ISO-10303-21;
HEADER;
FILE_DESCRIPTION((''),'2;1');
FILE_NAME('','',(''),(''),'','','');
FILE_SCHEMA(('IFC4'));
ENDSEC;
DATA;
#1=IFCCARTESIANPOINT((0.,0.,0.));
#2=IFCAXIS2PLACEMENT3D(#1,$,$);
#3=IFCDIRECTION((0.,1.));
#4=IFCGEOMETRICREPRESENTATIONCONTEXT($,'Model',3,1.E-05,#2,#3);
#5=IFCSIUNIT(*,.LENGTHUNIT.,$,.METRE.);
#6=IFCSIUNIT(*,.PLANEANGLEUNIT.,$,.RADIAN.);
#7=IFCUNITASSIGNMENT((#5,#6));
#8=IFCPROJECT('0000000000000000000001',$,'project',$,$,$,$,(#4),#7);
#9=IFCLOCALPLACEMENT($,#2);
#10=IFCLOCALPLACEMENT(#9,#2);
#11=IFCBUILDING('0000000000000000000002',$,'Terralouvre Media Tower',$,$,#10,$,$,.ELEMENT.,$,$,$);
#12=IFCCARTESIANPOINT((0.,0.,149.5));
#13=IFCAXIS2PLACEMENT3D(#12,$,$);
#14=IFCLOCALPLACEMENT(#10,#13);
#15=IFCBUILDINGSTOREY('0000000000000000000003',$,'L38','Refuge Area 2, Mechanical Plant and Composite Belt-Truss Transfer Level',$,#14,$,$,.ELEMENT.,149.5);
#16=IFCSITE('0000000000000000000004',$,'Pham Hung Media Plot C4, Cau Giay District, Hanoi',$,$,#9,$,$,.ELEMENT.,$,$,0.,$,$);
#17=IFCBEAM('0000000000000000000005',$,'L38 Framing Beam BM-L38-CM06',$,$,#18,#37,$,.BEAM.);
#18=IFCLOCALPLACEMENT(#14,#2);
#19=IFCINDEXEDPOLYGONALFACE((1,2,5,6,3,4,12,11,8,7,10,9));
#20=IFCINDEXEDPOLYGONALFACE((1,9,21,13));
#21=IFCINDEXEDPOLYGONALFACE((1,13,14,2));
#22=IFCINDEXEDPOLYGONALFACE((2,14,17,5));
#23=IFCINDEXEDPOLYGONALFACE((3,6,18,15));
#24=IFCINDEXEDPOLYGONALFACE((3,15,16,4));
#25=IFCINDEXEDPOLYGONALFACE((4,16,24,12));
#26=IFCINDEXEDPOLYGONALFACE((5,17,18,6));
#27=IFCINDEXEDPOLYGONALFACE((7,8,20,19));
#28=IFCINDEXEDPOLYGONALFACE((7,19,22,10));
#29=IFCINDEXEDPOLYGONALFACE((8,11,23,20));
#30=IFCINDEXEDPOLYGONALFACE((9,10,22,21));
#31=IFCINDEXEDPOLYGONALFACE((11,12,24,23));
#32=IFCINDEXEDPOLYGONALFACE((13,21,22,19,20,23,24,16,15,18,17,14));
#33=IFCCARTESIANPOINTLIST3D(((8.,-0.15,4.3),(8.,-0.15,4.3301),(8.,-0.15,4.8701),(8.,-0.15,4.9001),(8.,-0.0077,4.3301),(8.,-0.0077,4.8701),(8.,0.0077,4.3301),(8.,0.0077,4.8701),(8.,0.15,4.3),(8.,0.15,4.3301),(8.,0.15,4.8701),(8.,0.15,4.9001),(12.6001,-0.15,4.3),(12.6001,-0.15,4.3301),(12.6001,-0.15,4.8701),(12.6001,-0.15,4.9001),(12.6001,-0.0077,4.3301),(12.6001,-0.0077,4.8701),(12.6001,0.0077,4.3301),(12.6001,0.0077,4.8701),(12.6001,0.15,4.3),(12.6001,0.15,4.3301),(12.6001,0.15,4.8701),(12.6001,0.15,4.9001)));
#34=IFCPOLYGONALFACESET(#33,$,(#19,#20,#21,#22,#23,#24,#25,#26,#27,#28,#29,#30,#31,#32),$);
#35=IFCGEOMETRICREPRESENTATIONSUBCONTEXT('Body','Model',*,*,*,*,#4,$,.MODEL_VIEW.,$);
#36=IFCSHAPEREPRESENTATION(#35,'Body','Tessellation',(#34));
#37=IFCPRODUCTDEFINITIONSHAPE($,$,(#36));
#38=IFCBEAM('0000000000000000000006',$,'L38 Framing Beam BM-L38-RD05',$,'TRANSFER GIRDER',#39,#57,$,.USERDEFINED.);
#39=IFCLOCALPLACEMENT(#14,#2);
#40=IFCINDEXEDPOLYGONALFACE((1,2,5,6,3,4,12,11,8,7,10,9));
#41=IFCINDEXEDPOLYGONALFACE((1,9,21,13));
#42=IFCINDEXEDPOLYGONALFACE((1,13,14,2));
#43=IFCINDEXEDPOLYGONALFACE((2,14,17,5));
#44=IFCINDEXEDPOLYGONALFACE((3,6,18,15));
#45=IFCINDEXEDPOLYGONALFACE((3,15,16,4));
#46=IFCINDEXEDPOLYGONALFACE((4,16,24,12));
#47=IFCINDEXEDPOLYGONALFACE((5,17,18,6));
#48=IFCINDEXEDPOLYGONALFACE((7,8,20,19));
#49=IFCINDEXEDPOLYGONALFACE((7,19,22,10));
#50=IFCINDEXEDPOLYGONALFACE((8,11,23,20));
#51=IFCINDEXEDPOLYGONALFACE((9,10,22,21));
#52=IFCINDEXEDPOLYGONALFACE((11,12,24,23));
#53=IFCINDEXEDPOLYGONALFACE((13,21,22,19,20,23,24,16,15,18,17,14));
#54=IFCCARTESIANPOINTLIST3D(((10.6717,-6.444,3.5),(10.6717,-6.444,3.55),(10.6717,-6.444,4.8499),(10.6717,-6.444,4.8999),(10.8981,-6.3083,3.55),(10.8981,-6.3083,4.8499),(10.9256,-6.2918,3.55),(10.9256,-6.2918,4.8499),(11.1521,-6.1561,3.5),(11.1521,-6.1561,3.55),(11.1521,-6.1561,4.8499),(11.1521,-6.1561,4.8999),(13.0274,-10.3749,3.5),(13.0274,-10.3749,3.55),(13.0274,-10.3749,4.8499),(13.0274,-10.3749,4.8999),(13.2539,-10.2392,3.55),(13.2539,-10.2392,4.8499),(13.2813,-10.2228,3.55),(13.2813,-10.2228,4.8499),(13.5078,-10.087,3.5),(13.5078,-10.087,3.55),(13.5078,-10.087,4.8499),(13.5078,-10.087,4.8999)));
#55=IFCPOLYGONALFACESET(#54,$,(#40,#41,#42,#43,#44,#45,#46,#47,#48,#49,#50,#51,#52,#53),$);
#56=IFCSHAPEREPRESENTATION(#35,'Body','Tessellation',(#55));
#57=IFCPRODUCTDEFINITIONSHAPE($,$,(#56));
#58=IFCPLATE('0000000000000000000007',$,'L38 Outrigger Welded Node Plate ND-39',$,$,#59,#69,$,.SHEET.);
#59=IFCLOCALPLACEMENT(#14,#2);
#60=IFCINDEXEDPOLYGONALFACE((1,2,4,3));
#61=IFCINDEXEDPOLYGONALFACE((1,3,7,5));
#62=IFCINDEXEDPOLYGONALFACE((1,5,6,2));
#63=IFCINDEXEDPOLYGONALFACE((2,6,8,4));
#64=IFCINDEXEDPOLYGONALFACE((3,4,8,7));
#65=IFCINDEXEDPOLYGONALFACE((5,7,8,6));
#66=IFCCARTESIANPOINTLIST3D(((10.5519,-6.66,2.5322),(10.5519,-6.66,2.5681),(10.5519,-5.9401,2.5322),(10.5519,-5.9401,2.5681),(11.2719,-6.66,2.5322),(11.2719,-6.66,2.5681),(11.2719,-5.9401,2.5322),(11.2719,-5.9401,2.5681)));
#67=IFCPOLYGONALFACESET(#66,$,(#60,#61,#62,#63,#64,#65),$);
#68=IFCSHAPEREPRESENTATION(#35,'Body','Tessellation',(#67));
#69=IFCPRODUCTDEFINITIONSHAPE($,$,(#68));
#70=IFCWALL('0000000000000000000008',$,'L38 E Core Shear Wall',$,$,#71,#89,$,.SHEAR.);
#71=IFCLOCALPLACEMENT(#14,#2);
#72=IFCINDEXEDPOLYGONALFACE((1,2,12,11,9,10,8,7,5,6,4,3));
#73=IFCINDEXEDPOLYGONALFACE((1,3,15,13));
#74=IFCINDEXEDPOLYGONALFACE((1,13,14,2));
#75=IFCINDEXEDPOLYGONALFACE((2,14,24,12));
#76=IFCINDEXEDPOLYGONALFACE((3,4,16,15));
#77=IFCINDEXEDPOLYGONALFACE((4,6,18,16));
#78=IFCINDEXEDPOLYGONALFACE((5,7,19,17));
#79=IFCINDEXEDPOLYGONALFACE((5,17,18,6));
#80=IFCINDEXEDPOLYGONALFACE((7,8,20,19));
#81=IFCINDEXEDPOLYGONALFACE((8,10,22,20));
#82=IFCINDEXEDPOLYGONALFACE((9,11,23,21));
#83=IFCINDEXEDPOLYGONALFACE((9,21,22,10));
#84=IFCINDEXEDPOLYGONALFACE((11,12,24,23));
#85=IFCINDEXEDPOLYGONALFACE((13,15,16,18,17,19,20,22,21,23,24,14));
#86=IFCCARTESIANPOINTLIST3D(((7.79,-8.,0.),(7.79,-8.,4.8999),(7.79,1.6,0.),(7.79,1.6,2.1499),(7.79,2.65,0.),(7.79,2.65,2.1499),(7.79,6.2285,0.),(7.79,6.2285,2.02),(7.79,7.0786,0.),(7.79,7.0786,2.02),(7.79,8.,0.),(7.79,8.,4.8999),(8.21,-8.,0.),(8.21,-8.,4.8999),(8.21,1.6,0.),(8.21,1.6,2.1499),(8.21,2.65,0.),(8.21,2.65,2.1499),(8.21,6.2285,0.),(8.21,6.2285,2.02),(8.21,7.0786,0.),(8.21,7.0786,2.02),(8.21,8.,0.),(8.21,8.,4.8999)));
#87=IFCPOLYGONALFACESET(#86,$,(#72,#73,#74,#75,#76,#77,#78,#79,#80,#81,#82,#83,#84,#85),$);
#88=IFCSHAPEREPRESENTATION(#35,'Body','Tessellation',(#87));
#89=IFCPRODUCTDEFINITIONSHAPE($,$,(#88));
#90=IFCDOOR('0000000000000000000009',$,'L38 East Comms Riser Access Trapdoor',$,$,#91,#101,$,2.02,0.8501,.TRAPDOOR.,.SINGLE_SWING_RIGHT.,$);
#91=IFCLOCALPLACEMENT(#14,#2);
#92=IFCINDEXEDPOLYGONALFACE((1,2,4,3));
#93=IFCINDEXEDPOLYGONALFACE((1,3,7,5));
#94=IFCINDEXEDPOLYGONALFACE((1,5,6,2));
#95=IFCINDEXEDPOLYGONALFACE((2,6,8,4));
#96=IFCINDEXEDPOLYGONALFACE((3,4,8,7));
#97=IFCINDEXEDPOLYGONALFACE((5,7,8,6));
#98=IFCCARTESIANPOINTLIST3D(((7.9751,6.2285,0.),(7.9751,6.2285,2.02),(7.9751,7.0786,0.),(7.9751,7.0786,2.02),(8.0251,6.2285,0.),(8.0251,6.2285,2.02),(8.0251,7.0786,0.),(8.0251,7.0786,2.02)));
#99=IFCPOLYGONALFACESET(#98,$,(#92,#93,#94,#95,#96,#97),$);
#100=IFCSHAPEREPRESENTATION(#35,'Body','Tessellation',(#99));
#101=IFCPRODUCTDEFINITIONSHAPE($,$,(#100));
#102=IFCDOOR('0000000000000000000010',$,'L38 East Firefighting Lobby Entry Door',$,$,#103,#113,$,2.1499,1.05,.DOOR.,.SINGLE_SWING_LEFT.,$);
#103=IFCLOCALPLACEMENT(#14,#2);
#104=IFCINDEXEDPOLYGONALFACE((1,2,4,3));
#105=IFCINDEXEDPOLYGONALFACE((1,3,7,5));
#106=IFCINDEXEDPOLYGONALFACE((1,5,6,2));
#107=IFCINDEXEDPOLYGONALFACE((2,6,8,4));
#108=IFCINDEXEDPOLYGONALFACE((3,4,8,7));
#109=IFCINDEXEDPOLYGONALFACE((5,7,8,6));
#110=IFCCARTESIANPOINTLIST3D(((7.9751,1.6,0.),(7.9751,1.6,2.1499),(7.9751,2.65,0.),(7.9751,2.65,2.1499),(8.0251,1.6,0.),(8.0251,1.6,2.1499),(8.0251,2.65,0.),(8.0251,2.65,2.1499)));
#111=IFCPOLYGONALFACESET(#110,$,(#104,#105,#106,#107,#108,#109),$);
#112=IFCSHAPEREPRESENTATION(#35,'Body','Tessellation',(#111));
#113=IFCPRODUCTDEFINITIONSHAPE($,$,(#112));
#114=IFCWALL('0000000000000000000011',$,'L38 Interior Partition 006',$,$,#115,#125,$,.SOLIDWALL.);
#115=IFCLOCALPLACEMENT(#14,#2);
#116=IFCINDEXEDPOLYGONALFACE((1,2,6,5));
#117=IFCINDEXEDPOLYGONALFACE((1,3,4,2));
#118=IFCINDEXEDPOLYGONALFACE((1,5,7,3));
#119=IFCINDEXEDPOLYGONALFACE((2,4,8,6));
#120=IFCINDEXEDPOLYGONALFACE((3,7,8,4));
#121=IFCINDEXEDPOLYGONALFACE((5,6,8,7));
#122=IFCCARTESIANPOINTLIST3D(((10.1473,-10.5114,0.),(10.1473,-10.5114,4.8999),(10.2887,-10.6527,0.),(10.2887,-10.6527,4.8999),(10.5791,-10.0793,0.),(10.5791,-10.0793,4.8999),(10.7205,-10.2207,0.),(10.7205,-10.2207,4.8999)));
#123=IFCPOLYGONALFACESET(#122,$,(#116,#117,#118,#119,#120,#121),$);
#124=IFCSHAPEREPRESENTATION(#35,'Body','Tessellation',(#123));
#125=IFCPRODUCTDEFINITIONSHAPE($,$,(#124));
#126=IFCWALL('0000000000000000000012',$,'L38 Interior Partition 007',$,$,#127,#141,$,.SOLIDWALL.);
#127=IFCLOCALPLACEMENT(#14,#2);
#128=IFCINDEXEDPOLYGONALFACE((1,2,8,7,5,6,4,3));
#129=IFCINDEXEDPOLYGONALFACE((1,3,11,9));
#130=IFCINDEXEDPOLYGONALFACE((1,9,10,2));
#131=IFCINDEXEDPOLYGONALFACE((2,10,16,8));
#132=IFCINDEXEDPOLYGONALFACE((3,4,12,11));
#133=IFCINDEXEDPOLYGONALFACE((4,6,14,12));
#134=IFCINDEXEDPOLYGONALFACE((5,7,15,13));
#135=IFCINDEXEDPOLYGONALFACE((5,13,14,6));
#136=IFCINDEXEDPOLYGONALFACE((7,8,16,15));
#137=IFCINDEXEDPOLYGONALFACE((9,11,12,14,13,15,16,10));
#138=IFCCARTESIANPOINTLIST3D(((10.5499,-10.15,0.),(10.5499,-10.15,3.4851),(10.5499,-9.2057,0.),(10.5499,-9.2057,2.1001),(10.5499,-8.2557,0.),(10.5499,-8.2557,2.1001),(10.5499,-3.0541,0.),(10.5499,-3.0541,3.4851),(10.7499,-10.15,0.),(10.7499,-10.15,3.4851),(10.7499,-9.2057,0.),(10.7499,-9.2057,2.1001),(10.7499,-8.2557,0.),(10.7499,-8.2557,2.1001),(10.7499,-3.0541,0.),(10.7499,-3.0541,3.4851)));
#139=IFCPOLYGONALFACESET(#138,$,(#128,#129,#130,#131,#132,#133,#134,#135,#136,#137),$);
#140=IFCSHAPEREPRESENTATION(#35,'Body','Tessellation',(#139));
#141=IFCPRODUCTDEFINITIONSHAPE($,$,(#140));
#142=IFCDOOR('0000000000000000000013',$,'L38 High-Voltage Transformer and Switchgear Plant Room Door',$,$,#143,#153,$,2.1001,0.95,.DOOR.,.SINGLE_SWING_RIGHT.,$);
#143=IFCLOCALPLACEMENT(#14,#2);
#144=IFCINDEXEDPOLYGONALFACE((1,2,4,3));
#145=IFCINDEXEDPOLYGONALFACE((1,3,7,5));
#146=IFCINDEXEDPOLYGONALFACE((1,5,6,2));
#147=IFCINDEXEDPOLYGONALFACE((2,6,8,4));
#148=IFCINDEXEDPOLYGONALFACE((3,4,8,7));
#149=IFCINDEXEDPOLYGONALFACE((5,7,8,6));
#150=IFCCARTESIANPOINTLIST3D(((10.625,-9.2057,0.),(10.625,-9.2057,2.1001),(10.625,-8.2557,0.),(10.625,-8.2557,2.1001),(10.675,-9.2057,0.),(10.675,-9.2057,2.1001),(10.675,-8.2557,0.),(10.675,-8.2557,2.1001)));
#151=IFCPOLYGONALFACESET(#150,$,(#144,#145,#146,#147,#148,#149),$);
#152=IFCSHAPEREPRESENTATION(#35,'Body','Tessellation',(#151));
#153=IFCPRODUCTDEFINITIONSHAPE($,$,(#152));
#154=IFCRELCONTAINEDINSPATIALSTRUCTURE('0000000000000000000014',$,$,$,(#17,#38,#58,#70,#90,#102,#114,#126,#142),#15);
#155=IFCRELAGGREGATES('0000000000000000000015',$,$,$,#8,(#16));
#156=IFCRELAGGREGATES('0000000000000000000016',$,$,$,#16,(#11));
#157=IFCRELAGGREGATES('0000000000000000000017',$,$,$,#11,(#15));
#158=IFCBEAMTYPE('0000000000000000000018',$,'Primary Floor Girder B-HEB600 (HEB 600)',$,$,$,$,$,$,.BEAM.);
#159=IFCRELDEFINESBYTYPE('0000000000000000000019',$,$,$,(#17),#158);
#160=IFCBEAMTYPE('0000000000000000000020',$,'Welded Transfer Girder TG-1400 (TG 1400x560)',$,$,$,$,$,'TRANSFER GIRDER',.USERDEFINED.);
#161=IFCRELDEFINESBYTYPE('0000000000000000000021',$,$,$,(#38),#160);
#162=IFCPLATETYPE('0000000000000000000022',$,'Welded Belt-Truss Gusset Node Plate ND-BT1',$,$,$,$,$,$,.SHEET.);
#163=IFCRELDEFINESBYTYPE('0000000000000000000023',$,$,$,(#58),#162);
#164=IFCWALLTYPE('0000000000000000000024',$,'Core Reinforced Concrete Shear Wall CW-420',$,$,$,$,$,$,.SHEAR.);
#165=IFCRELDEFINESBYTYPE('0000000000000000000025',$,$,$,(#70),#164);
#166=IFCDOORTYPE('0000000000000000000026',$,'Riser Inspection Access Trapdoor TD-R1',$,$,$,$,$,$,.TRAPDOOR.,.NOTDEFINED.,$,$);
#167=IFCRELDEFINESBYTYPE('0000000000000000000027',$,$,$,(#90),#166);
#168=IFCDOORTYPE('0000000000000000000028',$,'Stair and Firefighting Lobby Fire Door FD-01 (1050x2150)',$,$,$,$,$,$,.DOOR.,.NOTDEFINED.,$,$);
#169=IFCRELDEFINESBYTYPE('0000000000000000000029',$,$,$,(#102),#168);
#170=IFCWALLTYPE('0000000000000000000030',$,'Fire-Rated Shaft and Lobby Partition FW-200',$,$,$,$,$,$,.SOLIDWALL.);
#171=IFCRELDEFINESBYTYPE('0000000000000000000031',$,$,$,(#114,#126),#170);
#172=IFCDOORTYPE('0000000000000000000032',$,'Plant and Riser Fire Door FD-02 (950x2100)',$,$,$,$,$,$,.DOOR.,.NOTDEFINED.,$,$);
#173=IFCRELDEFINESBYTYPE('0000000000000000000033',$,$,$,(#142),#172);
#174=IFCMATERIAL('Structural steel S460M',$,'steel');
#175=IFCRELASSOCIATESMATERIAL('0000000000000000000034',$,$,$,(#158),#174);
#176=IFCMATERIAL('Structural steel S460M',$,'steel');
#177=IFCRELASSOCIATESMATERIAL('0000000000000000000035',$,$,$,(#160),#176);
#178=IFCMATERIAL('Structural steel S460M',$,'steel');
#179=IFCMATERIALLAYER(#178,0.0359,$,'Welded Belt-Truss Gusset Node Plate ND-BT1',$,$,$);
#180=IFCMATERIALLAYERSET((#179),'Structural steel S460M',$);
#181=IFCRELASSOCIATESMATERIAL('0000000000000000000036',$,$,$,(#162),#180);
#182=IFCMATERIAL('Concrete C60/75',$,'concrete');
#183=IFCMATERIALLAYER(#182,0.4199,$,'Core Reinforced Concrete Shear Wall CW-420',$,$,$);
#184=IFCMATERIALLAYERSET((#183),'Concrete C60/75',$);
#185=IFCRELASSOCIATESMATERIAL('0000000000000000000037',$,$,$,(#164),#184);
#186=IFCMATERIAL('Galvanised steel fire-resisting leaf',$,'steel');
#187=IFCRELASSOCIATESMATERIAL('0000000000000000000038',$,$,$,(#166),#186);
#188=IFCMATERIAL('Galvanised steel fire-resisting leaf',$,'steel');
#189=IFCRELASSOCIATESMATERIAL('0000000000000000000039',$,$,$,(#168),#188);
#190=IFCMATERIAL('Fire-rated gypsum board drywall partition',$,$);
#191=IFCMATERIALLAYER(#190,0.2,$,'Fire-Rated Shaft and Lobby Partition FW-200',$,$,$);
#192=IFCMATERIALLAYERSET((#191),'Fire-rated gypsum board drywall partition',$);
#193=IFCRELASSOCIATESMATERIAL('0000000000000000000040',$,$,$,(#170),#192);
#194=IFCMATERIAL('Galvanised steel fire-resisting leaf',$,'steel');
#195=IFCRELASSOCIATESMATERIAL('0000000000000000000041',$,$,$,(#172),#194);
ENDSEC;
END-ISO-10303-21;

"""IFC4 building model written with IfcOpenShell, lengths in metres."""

from ifc_helpers import new_model, si_unit, direction, frame, frame_2d, origin, origin_2d, place, context, subcontext, project, spatial, rectangle, i_section, extrude, material, layer, layer_set, material_profile, profile_set, type_object, element, fill, save


model = new_model("IFC4")

# Units and contexts
model_context = context("Model", 3, precision=1e-05, world=origin(), true_north=direction((0.0, 1.0)))
body_context = subcontext(model_context, "Body", "Model", "MODEL_VIEW")
ifc_project = project(units=[si_unit("LENGTHUNIT", "METRE"), si_unit("PLANEANGLEUNIT", "RADIAN")], contexts=[model_context])

# Site, building, storey
site_placement = place(None, origin())
site = spatial("IfcSite", under=ifc_project, at=site_placement, Name="Pham Hung Media Plot C4, Cau Giay District, Hanoi", CompositionType="ELEMENT", RefElevation=0.0)
building_placement = place(site_placement, origin())
building = spatial("IfcBuilding", under=site, at=building_placement, Name="Terralouvre Media Tower", CompositionType="ELEMENT")
storey_placement = place(building_placement, frame((0.0, 0.0, 149.5)))
storey = spatial("IfcBuildingStorey", under=building, at=storey_placement, Name="L38", Description="Refuge Area 2, Mechanical Plant and Composite Belt-Truss Transfer Level", CompositionType="ELEMENT", Elevation=149.5)

# Beams
ifc_material_1 = material(Name="Structural steel S460M", Category="steel")
ifc_material_profile_1 = material_profile(ifc_material_1, i_section(OverallWidth=0.3, OverallDepth=0.6001, WebThickness=0.0154, FlangeThickness=0.03, at=origin_2d()), Name="HEB 600")
ifc_profile_set_1 = profile_set([ifc_material_profile_1], Name="Structural steel S460M")
beam_type_1 = type_object("IfcBeamType", Name="Primary Floor Girder B-HEB600 (HEB 600)", PredefinedType="BEAM", material=ifc_profile_set_1)
beam_1_placement = place(storey_placement, frame((8.0, 0.0, 4.6001), z_axis=(1.0, 0.0, 0.0), x_axis=(0.0, 1.0, 0.0)))
element("IfcBeam", 1, at=beam_1_placement, inside=storey, type_object=beam_type_1, Name="L38 Framing Beam BM-L38-CM06", PredefinedType="BEAM", context=body_context, shape_type="SweptSolid", body=[
    extrude(i_section(OverallWidth=0.3, OverallDepth=0.6001, WebThickness=0.0154, FlangeThickness=0.03, at=origin_2d()), origin(), (0.0, 0.0, 1.0), 4.6001),
])
ifc_material_2 = material(Name="Structural steel S460M", Category="steel")
ifc_material_profile_2 = material_profile(ifc_material_2, i_section(OverallWidth=0.5601, OverallDepth=1.3999, WebThickness=0.032, FlangeThickness=0.05, at=origin_2d()), Name="TG 1400x560")
ifc_profile_set_2 = profile_set([ifc_material_profile_2], Name="Structural steel S460M")
beam_type_2 = type_object("IfcBeamType", Name="Welded Transfer Girder TG-1400 (TG 1400x560)", ElementType="TRANSFER GIRDER", PredefinedType="USERDEFINED", material=ifc_profile_set_2)
beam_2_placement = place(storey_placement, frame((10.9119, -6.3, 4.2), z_axis=(0.514041, -0.857765, 0.0), x_axis=(0.857765, 0.514041, 0.0)))
element("IfcBeam", 2, at=beam_2_placement, inside=storey, type_object=beam_type_2, Name="L38 Framing Beam BM-L38-RD05", ObjectType="TRANSFER GIRDER", PredefinedType="USERDEFINED", context=body_context, shape_type="SweptSolid", body=[
    extrude(i_section(OverallWidth=0.5601, OverallDepth=1.3999, WebThickness=0.032, FlangeThickness=0.05, at=origin_2d()), origin(), (0.0, 0.0, 1.0), 4.5828),
])

# Plate
ifc_material_3 = material(Name="Structural steel S460M", Category="steel")
ifc_layer_1 = layer(ifc_material_3, 0.0359, Name="Welded Belt-Truss Gusset Node Plate ND-BT1")
ifc_layer_set_1 = layer_set([ifc_layer_1], Name="Structural steel S460M")
plate_type = type_object("IfcPlateType", Name="Welded Belt-Truss Gusset Node Plate ND-BT1", PredefinedType="SHEET", material=ifc_layer_set_1)
plate_placement = place(storey_placement, frame((10.9119, -6.3, 2.5322), z_axis=(0.0, 0.0, 1.0), x_axis=(1.0, 0.0, 0.0)))
element("IfcPlate", 3, at=plate_placement, inside=storey, type_object=plate_type, Name="L38 Outrigger Welded Node Plate ND-39", PredefinedType="SHEET", context=body_context, shape_type="SweptSolid", body=[
    extrude(rectangle(XDim=0.72, YDim=0.72, at=origin_2d()), origin(), (0.0, 0.0, 1.0), 0.0359),
])

# Wall, openings, doors
ifc_material_4 = material(Name="Concrete C60/75", Category="concrete")
ifc_layer_2 = layer(ifc_material_4, 0.4199, Name="Core Reinforced Concrete Shear Wall CW-420")
ifc_layer_set_2 = layer_set([ifc_layer_2], Name="Concrete C60/75")
wall_type_1 = type_object("IfcWallType", Name="Core Reinforced Concrete Shear Wall CW-420", PredefinedType="SHEAR", material=ifc_layer_set_2)
wall_1_placement = place(storey_placement, frame((8.0, -8.0, 0.0), z_axis=(0.0, 0.0, 1.0), x_axis=(0.0, 1.0, 0.0)))
wall_1 = element("IfcWall", 4, at=wall_1_placement, inside=storey, type_object=wall_type_1, Name="L38 E Core Shear Wall", PredefinedType="SHEAR", context=body_context, shape_type="SweptSolid", body=[
    extrude(rectangle(XDim=16.0, YDim=0.4199, at=frame_2d((8.0, 0.0))), origin(), (0.0, 0.0, 1.0), 4.8999),
])
opening_1_placement = place(wall_1_placement, frame((9.6001, 0.0, 0.0)))
opening_1 = element("IfcOpeningElement", 5, at=opening_1_placement, cuts=wall_1, PredefinedType="OPENING", context=body_context, shape_type="SweptSolid", body=[
    extrude(rectangle(XDim=1.05, YDim=2.1499, at=frame_2d((0.5249, 1.075))), frame((0.0, 0.22, 0.0), z_axis=(0.0, -1.0, 0.0), x_axis=(1.0, 0.0, 0.0)), (0.0, 0.0, 1.0), 0.4399),
])
opening_2_placement = place(wall_1_placement, frame((14.2285, 0.0, 0.0)))
opening_2 = element("IfcOpeningElement", 6, at=opening_2_placement, cuts=wall_1, PredefinedType="OPENING", context=body_context, shape_type="SweptSolid", body=[
    extrude(rectangle(XDim=0.8501, YDim=2.02, at=frame_2d((0.425, 1.01))), frame((0.0, 0.22, 0.0), z_axis=(0.0, -1.0, 0.0), x_axis=(1.0, 0.0, 0.0)), (0.0, 0.0, 1.0), 0.4399),
])
ifc_material_5 = material(Name="Galvanised steel fire-resisting leaf", Category="steel")
door_type_1 = type_object("IfcDoorType", Name="Riser Inspection Access Trapdoor TD-R1", OperationType="NOTDEFINED", PredefinedType="TRAPDOOR", material=ifc_material_5)
door_1_placement = place(opening_2_placement, origin())
door_1 = element("IfcDoor", 7, at=door_1_placement, inside=storey, type_object=door_type_1, Name="L38 East Comms Riser Access Trapdoor", OperationType="SINGLE_SWING_RIGHT", OverallHeight=2.02, OverallWidth=0.8501, PredefinedType="TRAPDOOR", context=body_context, shape_type="SweptSolid", body=[
    extrude(rectangle(XDim=0.8501, YDim=2.02, at=frame_2d((0.425, 1.01))), frame((0.0, 0.0249, 0.0), z_axis=(0.0, -1.0, 0.0), x_axis=(1.0, 0.0, 0.0)), (0.0, 0.0, 1.0), 0.05),
])
fill(opening_2, door_1)
ifc_material_6 = material(Name="Galvanised steel fire-resisting leaf", Category="steel")
door_type_2 = type_object("IfcDoorType", Name="Stair and Firefighting Lobby Fire Door FD-01 (1050x2150)", OperationType="NOTDEFINED", PredefinedType="DOOR", material=ifc_material_6)
door_2_placement = place(opening_1_placement, origin())
door_2 = element("IfcDoor", 8, at=door_2_placement, inside=storey, type_object=door_type_2, Name="L38 East Firefighting Lobby Entry Door", OperationType="SINGLE_SWING_LEFT", OverallHeight=2.1499, OverallWidth=1.05, PredefinedType="DOOR", context=body_context, shape_type="SweptSolid", body=[
    extrude(rectangle(XDim=1.05, YDim=2.1499, at=frame_2d((0.5249, 1.075))), frame((0.0, 0.0249, 0.0), z_axis=(0.0, -1.0, 0.0), x_axis=(1.0, 0.0, 0.0)), (0.0, 0.0, 1.0), 0.05),
])
fill(opening_1, door_2)

# Wall
ifc_material_7 = material(Name="Fire-rated gypsum board drywall partition")
ifc_layer_3 = layer(ifc_material_7, 0.2, Name="Fire-Rated Shaft and Lobby Partition FW-200")
ifc_layer_set_3 = layer_set([ifc_layer_3], Name="Fire-rated gypsum board drywall partition")
wall_type_2 = type_object("IfcWallType", Name="Fire-Rated Shaft and Lobby Partition FW-200", PredefinedType="SOLIDWALL", material=ifc_layer_set_3)
wall_2_placement = place(storey_placement, frame((10.218, -10.582, 0.0), z_axis=(0.0, 0.0, 1.0), x_axis=(0.706907, 0.707307, 0.0)))
element("IfcWall", 9, at=wall_2_placement, inside=storey, type_object=wall_type_2, Name="L38 Interior Partition 006", PredefinedType="SOLIDWALL", context=body_context, shape_type="SweptSolid", body=[
    extrude(rectangle(XDim=0.6108, YDim=0.2, at=frame_2d((0.3054, 0.0))), origin(), (0.0, 0.0, 1.0), 4.8999),
])

# Wall, opening, door
wall_3_placement = place(storey_placement, frame((10.6499, -10.1499, 0.0), z_axis=(0.0, 0.0, 1.0), x_axis=(0.0, 1.0, 0.0)))
wall_3 = element("IfcWall", 10, at=wall_3_placement, inside=storey, type_object=wall_type_2, Name="L38 Interior Partition 007", PredefinedType="SOLIDWALL", context=body_context, shape_type="SweptSolid", body=[
    extrude(rectangle(XDim=7.0959, YDim=0.2, at=frame_2d((3.5479, 0.0))), origin(), (0.0, 0.0, 1.0), 3.4851),
])
opening_3_placement = place(wall_3_placement, frame((0.9441, 0.0, 0.0)))
opening_3 = element("IfcOpeningElement", 11, at=opening_3_placement, cuts=wall_3, PredefinedType="OPENING", context=body_context, shape_type="SweptSolid", body=[
    extrude(rectangle(XDim=0.95, YDim=2.1001, at=frame_2d((0.4751, 1.05))), frame((0.0, 0.1099, 0.0), z_axis=(0.0, -1.0, 0.0), x_axis=(1.0, 0.0, 0.0)), (0.0, 0.0, 1.0), 0.22),
])
ifc_material_8 = material(Name="Galvanised steel fire-resisting leaf", Category="steel")
door_type_3 = type_object("IfcDoorType", Name="Plant and Riser Fire Door FD-02 (950x2100)", OperationType="NOTDEFINED", PredefinedType="DOOR", material=ifc_material_8)
door_3_placement = place(opening_3_placement, origin())
door_3 = element("IfcDoor", 12, at=door_3_placement, inside=storey, type_object=door_type_3, Name="L38 High-Voltage Transformer and Switchgear Plant Room Door", OperationType="SINGLE_SWING_RIGHT", OverallHeight=2.1001, OverallWidth=0.95, PredefinedType="DOOR", context=body_context, shape_type="SweptSolid", body=[
    extrude(rectangle(XDim=0.95, YDim=2.1001, at=frame_2d((0.4751, 1.05))), frame((0.0, 0.0249, 0.0), z_axis=(0.0, -1.0, 0.0), x_axis=(1.0, 0.0, 0.0)), (0.0, 0.0, 1.0), 0.05),
])
fill(opening_3, door_3)

save(model, "model.ifc")
